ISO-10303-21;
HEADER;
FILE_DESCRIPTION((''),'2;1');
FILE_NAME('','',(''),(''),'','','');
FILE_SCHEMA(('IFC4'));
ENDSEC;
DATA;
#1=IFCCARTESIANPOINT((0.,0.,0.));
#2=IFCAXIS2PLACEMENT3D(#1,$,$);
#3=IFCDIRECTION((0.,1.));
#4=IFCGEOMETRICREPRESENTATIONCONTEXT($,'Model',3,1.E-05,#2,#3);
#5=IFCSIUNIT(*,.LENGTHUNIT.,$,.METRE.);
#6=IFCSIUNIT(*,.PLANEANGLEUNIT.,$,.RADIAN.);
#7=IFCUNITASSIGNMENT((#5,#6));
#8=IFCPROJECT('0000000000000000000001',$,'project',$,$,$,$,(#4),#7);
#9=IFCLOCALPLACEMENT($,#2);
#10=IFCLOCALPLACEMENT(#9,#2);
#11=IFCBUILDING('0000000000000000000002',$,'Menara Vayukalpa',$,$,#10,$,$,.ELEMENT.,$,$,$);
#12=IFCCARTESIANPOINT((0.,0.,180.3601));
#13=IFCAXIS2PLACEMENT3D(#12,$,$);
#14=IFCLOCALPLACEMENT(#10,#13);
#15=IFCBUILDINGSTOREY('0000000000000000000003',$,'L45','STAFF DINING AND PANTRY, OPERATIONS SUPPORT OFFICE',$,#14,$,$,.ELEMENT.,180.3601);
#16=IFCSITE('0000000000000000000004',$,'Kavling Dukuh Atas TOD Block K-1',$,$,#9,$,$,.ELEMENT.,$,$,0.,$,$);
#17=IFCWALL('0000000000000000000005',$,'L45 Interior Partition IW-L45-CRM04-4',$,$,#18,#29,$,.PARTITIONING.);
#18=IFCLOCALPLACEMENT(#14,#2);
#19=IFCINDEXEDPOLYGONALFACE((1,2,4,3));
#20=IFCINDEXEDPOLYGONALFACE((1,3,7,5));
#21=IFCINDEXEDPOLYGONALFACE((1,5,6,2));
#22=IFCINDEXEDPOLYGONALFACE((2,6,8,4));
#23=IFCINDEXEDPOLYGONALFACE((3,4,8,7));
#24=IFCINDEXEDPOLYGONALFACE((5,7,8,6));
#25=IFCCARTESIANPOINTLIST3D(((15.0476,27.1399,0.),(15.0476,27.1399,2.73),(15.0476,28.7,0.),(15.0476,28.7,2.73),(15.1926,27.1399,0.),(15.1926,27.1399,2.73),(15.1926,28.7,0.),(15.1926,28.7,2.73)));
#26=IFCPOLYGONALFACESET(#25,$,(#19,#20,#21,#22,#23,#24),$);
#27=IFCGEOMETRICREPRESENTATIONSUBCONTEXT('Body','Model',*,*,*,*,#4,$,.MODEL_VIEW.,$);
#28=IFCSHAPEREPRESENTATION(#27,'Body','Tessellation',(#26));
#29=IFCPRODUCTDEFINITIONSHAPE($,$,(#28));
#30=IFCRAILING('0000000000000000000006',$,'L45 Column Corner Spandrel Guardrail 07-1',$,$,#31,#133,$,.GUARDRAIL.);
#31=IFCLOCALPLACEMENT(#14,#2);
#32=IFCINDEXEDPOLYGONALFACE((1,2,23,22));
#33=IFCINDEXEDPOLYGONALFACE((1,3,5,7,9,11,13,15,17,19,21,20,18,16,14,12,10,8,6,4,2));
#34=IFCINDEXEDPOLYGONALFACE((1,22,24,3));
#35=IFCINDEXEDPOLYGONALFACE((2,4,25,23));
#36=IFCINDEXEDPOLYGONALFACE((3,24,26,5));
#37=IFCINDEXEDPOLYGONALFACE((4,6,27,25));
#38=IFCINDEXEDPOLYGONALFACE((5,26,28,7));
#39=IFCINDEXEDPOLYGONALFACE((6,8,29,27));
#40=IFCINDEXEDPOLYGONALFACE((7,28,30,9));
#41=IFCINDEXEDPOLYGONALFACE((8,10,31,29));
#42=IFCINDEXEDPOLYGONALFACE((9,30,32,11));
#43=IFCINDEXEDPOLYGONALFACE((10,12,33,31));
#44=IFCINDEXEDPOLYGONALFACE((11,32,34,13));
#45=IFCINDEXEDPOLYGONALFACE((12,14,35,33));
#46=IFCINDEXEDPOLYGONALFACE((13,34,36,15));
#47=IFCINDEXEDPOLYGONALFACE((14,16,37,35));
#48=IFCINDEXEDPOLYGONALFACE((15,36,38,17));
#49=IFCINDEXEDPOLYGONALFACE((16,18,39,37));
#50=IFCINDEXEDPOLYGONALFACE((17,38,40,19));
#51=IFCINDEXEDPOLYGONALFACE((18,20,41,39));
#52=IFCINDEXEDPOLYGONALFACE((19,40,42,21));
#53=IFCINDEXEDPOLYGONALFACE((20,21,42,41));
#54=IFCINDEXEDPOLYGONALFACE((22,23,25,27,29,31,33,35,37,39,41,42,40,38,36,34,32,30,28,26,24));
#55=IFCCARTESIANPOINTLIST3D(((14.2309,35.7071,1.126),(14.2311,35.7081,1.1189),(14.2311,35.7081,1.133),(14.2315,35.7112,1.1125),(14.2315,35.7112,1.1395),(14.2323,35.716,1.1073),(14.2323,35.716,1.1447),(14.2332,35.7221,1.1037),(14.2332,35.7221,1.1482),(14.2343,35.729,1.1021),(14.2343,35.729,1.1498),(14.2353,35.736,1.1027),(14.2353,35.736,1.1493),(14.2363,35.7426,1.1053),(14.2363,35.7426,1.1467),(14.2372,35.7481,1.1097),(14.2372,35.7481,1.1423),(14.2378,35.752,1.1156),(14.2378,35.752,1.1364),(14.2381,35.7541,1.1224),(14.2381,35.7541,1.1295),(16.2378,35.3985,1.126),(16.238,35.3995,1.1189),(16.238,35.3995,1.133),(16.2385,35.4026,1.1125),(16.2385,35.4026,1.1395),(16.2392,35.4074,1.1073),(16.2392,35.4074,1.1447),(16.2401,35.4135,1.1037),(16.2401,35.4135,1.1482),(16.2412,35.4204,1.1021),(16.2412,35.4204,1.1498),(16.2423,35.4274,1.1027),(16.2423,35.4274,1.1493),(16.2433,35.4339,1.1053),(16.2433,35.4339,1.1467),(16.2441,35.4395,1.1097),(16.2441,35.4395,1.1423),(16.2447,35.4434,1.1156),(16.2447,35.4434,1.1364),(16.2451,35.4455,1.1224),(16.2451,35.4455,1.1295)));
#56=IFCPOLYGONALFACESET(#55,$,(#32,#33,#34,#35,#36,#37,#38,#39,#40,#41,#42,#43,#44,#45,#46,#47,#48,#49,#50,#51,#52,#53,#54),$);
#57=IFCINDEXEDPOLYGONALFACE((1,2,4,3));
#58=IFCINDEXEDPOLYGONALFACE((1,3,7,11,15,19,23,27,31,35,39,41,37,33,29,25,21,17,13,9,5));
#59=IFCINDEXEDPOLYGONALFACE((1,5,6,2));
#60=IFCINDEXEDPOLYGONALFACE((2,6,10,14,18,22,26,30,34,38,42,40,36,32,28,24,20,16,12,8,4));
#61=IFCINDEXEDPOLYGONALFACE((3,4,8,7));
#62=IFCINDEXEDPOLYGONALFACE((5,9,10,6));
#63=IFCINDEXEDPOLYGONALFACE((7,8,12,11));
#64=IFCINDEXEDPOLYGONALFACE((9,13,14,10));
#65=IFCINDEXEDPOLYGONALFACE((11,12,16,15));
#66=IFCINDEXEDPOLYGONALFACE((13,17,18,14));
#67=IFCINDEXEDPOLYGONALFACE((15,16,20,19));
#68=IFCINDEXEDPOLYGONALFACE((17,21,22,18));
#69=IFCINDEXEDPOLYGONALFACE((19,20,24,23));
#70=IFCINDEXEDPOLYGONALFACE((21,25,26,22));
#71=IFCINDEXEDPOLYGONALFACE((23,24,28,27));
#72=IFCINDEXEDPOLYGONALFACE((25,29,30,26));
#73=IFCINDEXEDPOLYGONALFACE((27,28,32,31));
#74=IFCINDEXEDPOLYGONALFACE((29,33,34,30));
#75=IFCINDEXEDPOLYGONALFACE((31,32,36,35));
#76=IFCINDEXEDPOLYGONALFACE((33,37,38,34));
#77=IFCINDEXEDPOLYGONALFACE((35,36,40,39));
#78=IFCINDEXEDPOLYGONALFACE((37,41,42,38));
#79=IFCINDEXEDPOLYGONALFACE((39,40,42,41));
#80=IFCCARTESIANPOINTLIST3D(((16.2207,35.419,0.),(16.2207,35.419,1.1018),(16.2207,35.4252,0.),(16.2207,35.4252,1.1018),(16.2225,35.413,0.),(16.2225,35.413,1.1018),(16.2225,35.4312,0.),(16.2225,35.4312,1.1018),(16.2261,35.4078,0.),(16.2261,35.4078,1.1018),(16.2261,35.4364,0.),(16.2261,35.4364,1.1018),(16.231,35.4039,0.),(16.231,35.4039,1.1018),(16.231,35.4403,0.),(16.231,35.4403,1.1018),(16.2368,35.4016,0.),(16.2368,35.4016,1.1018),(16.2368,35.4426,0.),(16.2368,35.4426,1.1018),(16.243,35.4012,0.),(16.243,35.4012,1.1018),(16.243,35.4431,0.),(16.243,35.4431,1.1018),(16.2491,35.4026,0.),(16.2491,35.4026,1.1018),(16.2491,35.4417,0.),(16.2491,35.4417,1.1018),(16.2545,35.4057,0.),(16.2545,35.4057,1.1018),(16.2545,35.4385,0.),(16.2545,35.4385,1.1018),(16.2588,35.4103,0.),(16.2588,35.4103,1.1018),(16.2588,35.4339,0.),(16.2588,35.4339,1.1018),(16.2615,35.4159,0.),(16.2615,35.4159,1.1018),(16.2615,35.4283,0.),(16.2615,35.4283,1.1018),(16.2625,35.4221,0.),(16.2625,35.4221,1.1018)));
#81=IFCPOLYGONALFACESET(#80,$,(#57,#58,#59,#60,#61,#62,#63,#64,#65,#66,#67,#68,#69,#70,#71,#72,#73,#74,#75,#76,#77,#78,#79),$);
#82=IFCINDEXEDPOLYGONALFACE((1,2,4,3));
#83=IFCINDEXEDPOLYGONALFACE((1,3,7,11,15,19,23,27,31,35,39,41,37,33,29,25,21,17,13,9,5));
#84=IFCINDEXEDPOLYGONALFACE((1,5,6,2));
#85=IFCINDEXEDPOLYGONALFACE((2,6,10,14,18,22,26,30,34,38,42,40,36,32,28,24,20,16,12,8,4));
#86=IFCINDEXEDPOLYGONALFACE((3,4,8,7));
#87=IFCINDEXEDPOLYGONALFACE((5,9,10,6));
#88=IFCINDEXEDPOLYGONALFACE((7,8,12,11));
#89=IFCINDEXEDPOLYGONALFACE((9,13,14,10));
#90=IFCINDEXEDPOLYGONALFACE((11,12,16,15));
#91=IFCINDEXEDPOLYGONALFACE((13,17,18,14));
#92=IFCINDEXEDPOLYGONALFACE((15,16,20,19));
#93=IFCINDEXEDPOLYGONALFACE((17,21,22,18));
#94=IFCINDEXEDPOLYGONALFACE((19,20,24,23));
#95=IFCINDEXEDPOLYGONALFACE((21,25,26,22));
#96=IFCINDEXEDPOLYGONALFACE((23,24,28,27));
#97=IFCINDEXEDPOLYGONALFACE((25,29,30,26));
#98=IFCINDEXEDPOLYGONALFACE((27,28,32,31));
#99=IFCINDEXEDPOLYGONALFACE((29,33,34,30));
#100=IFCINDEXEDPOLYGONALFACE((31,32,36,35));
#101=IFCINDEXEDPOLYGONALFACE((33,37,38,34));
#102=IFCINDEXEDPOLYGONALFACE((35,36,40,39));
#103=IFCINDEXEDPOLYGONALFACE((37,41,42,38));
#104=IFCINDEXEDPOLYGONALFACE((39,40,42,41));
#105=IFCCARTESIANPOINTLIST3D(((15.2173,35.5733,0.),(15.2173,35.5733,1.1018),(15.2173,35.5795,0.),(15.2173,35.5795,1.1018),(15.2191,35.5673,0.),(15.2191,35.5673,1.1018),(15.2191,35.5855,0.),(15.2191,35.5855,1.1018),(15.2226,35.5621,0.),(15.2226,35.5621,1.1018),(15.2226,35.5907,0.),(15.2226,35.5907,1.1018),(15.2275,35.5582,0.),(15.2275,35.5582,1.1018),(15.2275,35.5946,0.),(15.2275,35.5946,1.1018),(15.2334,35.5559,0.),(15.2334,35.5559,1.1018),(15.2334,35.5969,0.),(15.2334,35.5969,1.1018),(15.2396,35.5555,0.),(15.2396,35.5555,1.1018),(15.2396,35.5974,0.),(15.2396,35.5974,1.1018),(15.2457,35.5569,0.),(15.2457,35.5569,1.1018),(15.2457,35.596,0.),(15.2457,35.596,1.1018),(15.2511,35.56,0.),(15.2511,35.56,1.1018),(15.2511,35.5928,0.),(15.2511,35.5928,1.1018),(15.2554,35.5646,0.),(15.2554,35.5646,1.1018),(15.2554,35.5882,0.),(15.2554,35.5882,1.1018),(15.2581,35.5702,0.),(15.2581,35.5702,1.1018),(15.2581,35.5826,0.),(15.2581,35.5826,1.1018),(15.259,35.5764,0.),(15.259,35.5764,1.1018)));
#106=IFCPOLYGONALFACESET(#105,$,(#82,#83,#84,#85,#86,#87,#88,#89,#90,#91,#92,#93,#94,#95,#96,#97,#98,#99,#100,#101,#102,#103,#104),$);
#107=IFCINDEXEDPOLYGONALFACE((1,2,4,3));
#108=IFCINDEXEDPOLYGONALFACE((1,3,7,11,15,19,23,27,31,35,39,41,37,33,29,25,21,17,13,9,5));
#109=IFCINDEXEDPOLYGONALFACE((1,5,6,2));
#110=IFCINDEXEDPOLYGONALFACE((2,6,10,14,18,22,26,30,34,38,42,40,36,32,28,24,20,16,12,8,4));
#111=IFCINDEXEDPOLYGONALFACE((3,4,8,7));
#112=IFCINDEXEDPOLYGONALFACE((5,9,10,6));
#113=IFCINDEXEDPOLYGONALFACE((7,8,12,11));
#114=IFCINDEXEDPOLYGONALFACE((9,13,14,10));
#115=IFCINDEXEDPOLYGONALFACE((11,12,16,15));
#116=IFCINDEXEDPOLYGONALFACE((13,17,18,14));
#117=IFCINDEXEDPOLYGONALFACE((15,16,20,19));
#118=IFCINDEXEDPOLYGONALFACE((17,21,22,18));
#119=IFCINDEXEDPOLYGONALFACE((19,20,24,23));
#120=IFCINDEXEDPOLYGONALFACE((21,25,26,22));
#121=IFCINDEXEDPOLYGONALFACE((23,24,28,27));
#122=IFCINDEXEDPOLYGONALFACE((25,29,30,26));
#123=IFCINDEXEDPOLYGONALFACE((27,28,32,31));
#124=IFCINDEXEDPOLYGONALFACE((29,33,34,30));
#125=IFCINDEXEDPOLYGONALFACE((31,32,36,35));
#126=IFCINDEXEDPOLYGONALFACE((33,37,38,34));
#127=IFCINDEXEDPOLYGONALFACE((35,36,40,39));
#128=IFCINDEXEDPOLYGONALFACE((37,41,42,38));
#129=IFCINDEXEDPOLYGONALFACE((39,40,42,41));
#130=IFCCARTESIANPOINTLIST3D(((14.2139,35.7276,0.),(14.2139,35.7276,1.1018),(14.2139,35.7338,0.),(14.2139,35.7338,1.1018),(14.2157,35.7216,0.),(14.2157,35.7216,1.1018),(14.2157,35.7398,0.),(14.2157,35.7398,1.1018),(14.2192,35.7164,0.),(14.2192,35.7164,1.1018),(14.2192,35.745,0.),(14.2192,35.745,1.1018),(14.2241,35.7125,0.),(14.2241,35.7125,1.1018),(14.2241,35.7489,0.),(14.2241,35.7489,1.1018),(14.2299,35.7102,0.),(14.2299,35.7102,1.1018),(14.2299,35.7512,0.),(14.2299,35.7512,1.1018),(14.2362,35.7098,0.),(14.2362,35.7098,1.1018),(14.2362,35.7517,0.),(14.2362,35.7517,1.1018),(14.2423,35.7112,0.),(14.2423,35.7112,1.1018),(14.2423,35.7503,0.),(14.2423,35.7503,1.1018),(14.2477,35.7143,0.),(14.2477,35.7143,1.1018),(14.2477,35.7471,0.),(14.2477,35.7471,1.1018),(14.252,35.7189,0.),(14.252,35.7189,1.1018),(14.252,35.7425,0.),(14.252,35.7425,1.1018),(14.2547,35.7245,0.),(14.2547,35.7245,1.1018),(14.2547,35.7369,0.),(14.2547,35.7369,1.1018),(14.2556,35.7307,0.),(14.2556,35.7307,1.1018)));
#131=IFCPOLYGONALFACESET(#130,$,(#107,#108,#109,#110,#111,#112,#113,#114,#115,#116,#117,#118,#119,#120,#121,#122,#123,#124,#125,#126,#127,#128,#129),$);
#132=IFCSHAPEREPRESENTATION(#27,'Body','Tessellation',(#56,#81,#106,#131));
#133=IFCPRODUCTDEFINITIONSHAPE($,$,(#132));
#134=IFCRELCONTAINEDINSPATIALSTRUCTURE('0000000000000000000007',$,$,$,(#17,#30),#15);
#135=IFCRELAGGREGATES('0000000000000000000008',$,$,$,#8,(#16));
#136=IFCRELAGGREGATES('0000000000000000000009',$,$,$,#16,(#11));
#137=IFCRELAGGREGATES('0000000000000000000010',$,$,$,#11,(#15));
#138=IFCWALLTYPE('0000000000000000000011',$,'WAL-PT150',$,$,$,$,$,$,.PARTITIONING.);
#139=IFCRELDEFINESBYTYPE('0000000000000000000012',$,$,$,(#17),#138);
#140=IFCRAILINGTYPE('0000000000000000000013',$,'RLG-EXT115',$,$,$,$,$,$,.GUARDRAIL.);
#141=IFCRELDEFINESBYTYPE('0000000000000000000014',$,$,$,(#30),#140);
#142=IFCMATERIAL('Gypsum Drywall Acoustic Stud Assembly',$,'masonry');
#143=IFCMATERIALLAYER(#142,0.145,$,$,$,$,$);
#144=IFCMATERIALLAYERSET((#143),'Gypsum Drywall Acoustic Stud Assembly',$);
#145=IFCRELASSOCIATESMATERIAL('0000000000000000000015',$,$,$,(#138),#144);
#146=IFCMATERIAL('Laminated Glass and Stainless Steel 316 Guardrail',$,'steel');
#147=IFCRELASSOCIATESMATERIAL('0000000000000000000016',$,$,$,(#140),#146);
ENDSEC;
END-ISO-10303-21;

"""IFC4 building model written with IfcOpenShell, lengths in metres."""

from ifc_helpers import new_model, si_unit, direction, frame, frame_2d, origin, origin_2d, place, context, subcontext, project, spatial, rectangle, circle, extrude, material, layer, layer_set, type_object, element, save


model = new_model("IFC4")

# Units and contexts
model_context = context("Model", 3, precision=1e-05, world=origin(), true_north=direction((0.0, 1.0)))
body_context = subcontext(model_context, "Body", "Model", "MODEL_VIEW")
ifc_project = project(units=[si_unit("LENGTHUNIT", "METRE"), si_unit("PLANEANGLEUNIT", "RADIAN")], contexts=[model_context])

# Site, building, storey
site_placement = place(None, origin())
site = spatial("IfcSite", under=ifc_project, at=site_placement, Name="Kavling Dukuh Atas TOD Block K-1", CompositionType="ELEMENT", RefElevation=0.0)
building_placement = place(site_placement, origin())
building = spatial("IfcBuilding", under=site, at=building_placement, Name="Menara Vayukalpa", CompositionType="ELEMENT")
storey_placement = place(building_placement, frame((0.0, 0.0, 180.3601)))
storey = spatial("IfcBuildingStorey", under=building, at=storey_placement, Name="L45", Description="STAFF DINING AND PANTRY, OPERATIONS SUPPORT OFFICE", CompositionType="ELEMENT", Elevation=180.3601)

# Wall
ifc_material_1 = material(Name="Gypsum Drywall Acoustic Stud Assembly", Category="masonry")
ifc_layer_1 = layer(ifc_material_1, 0.145)
ifc_layer_set_1 = layer_set([ifc_layer_1], Name="Gypsum Drywall Acoustic Stud Assembly")
wall_type_1 = type_object("IfcWallType", Name="WAL-PT150", PredefinedType="PARTITIONING", material=ifc_layer_set_1)
wall_1_placement = place(storey_placement, frame((15.1201, 28.7, 0.0), z_axis=(0.0, 0.0, 1.0), x_axis=(0.0, -1.0, 0.0)))
element("IfcWall", 1, at=wall_1_placement, inside=storey, type_object=wall_type_1, Name="L45 Interior Partition IW-L45-CRM04-4", PredefinedType="PARTITIONING", context=body_context, shape_type="SweptSolid", body=[
    extrude(rectangle(XDim=1.5601, YDim=0.145, at=frame_2d((0.78, 0.0))), origin(), (0.0, 0.0, 1.0), 2.73),
])

# Railing
ifc_material_2 = material(Name="Laminated Glass and Stainless Steel 316 Guardrail", Category="steel")
railing_type = type_object("IfcRailingType", Name="RLG-EXT115", PredefinedType="GUARDRAIL", material=ifc_material_2)
railing_placement = place(storey_placement, frame((16.2415, 35.4221, 0.0)))
element("IfcRailing", 2, at=railing_placement, inside=storey, type_object=railing_type, Name="L45 Column Corner Spandrel Guardrail 07-1", PredefinedType="GUARDRAIL", context=body_context, shape_type="SweptSolid", body=[
    extrude(circle(Radius=0.0239, at=origin_2d()), frame((0.0, 0.0, 1.126), z_axis=(-0.988383, 0.151985, 0.0), x_axis=(-0.151985, -0.988383, 0.0)), (0.0, 0.0, 1.0), 2.0305),
    extrude(circle(Radius=0.021, at=origin_2d()), origin(), (0.0, 0.0, 1.0), 1.1018),
    extrude(circle(Radius=0.021, at=origin_2d()), frame((-1.0034, 0.1543, 0.0)), (0.0, 0.0, 1.0), 1.1018),
    extrude(circle(Radius=0.021, at=origin_2d()), frame((-2.0068, 0.3086, 0.0)), (0.0, 0.0, 1.0), 1.1018),
])

save(model, "model.ifc")
